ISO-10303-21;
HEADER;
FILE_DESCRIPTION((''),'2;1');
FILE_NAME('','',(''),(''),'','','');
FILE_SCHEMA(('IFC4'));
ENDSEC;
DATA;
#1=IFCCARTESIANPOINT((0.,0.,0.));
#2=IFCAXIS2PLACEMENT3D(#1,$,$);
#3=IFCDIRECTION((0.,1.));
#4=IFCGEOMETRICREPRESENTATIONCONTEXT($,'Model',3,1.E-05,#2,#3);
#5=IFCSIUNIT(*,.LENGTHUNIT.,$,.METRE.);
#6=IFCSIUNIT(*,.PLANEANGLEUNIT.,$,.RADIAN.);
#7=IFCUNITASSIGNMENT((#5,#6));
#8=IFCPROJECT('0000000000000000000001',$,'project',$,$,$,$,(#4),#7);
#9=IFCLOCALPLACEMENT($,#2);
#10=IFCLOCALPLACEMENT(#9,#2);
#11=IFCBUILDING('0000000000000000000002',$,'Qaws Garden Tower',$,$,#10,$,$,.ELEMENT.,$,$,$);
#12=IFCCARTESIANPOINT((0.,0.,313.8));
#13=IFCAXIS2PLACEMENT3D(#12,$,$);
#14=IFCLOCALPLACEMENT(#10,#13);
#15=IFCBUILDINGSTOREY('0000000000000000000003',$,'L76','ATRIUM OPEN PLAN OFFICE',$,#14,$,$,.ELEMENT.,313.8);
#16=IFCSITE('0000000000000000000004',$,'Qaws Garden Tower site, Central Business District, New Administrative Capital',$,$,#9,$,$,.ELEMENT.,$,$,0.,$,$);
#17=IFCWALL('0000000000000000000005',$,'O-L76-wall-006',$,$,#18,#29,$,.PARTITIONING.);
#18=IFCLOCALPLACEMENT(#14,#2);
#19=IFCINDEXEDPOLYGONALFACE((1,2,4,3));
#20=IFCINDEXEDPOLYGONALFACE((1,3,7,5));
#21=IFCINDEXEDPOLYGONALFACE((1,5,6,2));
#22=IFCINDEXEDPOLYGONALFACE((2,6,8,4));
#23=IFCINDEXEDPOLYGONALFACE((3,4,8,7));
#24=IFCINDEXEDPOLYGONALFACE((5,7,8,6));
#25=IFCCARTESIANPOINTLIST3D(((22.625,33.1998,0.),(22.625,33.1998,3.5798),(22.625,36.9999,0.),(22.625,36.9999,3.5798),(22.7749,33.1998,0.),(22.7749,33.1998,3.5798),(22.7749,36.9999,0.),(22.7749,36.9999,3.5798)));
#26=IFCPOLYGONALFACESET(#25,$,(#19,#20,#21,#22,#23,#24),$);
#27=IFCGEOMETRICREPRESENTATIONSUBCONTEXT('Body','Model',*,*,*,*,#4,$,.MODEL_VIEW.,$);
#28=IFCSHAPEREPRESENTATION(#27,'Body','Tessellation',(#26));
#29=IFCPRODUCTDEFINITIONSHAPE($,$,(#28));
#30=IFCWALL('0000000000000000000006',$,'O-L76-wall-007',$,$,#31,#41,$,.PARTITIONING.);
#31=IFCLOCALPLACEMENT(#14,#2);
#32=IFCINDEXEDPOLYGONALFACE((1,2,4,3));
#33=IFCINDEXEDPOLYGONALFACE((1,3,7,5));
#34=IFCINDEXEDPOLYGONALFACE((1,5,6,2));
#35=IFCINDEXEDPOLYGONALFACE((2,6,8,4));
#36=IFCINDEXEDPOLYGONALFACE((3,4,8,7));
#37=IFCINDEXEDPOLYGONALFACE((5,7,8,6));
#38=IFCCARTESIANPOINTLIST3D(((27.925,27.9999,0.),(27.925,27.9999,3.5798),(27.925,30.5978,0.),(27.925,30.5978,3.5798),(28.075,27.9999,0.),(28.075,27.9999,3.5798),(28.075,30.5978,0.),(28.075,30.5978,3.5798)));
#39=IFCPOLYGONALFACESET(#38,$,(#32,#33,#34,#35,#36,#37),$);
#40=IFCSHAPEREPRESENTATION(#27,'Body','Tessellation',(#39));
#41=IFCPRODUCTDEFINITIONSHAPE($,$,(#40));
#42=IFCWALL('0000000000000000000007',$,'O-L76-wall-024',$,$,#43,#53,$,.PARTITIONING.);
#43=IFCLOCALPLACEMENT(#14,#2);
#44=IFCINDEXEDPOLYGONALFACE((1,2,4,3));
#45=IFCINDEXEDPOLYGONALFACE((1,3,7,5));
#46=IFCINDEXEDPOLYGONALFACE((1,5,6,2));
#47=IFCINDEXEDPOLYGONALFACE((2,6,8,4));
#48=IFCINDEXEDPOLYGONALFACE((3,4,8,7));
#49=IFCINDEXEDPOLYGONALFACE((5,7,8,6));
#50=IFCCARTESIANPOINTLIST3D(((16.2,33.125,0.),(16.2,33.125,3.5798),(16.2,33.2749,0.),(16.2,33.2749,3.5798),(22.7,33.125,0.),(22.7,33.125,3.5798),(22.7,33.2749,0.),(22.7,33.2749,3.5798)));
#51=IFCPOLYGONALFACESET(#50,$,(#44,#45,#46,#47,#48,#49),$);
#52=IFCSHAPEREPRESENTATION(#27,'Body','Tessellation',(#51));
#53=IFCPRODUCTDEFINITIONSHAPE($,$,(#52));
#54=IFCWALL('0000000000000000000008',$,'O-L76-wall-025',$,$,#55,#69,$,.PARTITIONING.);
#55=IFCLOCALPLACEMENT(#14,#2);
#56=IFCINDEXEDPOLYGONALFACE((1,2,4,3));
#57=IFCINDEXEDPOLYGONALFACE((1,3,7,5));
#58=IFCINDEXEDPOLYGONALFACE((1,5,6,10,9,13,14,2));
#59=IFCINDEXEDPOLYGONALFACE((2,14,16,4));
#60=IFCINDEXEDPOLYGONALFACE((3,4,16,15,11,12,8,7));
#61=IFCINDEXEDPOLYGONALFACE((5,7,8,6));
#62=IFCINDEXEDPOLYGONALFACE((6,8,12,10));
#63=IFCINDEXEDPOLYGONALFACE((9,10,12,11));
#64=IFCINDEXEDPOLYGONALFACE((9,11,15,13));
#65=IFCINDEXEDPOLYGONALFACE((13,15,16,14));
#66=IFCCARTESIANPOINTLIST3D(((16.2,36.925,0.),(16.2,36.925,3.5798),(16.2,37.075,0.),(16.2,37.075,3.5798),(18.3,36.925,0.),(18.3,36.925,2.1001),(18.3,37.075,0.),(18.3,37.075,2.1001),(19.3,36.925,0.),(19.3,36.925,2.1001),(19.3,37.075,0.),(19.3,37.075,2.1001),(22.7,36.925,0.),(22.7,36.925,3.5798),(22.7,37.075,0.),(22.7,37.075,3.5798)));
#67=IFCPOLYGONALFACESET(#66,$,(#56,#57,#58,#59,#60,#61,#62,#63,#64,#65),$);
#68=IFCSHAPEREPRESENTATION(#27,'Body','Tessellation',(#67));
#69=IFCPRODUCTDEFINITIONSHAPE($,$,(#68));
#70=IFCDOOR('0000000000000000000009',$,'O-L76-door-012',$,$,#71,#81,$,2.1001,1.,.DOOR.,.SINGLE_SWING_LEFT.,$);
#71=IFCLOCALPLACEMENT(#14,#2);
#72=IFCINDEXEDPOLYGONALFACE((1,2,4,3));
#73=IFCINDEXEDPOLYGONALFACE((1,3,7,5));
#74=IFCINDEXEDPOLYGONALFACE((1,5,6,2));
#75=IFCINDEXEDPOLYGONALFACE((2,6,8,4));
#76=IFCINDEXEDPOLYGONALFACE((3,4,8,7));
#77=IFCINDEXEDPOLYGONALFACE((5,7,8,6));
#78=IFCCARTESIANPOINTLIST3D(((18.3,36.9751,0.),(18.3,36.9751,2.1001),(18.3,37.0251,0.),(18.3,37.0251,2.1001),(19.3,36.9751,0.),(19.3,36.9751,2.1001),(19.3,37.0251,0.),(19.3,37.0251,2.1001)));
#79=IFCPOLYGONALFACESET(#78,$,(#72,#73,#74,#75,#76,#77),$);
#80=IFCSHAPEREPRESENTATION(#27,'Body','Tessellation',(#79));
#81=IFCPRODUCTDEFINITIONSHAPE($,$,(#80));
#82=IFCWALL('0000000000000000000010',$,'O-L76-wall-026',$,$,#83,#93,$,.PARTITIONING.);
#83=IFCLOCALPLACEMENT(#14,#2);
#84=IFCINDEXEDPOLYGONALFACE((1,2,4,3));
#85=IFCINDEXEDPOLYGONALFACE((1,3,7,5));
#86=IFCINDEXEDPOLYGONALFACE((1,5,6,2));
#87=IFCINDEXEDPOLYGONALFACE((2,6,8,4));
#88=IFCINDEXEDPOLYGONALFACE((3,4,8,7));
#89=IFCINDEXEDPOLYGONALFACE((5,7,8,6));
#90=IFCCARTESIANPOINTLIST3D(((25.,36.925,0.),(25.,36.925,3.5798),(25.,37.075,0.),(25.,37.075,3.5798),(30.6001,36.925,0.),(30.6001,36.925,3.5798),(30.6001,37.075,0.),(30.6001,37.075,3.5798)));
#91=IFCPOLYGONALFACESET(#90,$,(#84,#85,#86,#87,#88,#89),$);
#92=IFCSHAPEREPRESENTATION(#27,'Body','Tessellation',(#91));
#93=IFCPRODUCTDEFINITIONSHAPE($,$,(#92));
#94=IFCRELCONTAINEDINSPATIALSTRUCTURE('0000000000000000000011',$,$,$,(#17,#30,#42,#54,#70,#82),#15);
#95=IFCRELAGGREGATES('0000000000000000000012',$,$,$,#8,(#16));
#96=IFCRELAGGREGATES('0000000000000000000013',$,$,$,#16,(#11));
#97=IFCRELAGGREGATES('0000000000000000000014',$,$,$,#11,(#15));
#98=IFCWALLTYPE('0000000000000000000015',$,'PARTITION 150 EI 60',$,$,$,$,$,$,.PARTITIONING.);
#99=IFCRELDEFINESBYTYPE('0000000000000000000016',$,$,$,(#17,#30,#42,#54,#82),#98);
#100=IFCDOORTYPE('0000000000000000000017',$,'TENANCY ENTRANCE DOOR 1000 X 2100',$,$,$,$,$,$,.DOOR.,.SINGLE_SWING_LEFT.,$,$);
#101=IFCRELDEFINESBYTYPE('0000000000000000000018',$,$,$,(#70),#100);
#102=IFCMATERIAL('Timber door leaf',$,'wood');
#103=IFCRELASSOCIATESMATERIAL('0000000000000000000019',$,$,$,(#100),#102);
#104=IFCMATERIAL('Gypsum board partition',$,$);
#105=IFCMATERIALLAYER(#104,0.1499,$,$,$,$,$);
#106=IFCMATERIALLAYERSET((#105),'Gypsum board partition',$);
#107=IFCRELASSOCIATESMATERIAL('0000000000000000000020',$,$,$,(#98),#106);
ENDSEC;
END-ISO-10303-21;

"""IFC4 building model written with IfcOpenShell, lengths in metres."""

from ifc_helpers import new_model, si_unit, direction, frame, frame_2d, origin, place, context, subcontext, project, spatial, rectangle, extrude, material, layer, layer_set, type_object, element, fill, save


model = new_model("IFC4")

# Units and contexts
model_context = context("Model", 3, precision=1e-05, world=origin(), true_north=direction((0.0, 1.0)))
body_context = subcontext(model_context, "Body", "Model", "MODEL_VIEW")
ifc_project = project(units=[si_unit("LENGTHUNIT", "METRE"), si_unit("PLANEANGLEUNIT", "RADIAN")], contexts=[model_context])

# Site, building, storey
site_placement = place(None, origin())
site = spatial("IfcSite", under=ifc_project, at=site_placement, Name="Qaws Garden Tower site, Central Business District, New Administrative Capital", CompositionType="ELEMENT", RefElevation=0.0)
building_placement = place(site_placement, origin())
building = spatial("IfcBuilding", under=site, at=building_placement, Name="Qaws Garden Tower", CompositionType="ELEMENT")
storey_placement = place(building_placement, frame((0.0, 0.0, 313.8)))
storey = spatial("IfcBuildingStorey", under=building, at=storey_placement, Name="L76", Description="ATRIUM OPEN PLAN OFFICE", CompositionType="ELEMENT", Elevation=313.8)

# Shared definitions
ifc_material_1 = material(Name="Timber door leaf", Category="wood")
door_type_1 = type_object("IfcDoorType", Name="TENANCY ENTRANCE DOOR 1000 X 2100", OperationType="SINGLE_SWING_LEFT", PredefinedType="DOOR", material=ifc_material_1)

# Walls
ifc_material_2 = material(Name="Gypsum board partition")
ifc_layer_1 = layer(ifc_material_2, 0.1499)
ifc_layer_set_1 = layer_set([ifc_layer_1], Name="Gypsum board partition")
wall_type_1 = type_object("IfcWallType", Name="PARTITION 150 EI 60", PredefinedType="PARTITIONING", material=ifc_layer_set_1)
wall_1_placement = place(storey_placement, frame((22.7, 33.2, 0.0), z_axis=(0.0, 0.0, 1.0), x_axis=(0.0, 1.0, 0.0)))
element("IfcWall", 1, at=wall_1_placement, inside=storey, type_object=wall_type_1, Name="O-L76-wall-006", PredefinedType="PARTITIONING", context=body_context, shape_type="SweptSolid", body=[
    extrude(rectangle(XDim=3.8, YDim=0.1499, at=frame_2d((1.8999, 0.0))), origin(), (0.0, 0.0, 1.0), 3.5798),
])
wall_2_placement = place(storey_placement, frame((28.0, 28.0, 0.0), z_axis=(0.0, 0.0, 1.0), x_axis=(0.0, 1.0, 0.0)))
element("IfcWall", 2, at=wall_2_placement, inside=storey, type_object=wall_type_1, Name="O-L76-wall-007", PredefinedType="PARTITIONING", context=body_context, shape_type="SweptSolid", body=[
    extrude(rectangle(XDim=2.5979, YDim=0.1499, at=frame_2d((1.2988, 0.0))), origin(), (0.0, 0.0, 1.0), 3.5798),
])
wall_3_placement = place(storey_placement, frame((16.2, 33.2, 0.0), z_axis=(0.0, 0.0, 1.0), x_axis=(1.0, 0.0, 0.0)))
element("IfcWall", 3, at=wall_3_placement, inside=storey, type_object=wall_type_1, Name="O-L76-wall-024", PredefinedType="PARTITIONING", context=body_context, shape_type="SweptSolid", body=[
    extrude(rectangle(XDim=6.5, YDim=0.1499, at=frame_2d((3.25, 0.0))), origin(), (0.0, 0.0, 1.0), 3.5798),
])

# Wall, opening, door
wall_4_placement = place(storey_placement, frame((16.2, 37.0, 0.0), z_axis=(0.0, 0.0, 1.0), x_axis=(1.0, 0.0, 0.0)))
wall_4 = element("IfcWall", 4, at=wall_4_placement, inside=storey, type_object=wall_type_1, Name="O-L76-wall-025", PredefinedType="PARTITIONING", context=body_context, shape_type="SweptSolid", body=[
    extrude(rectangle(XDim=6.5, YDim=0.1499, at=frame_2d((3.25, 0.0))), origin(), (0.0, 0.0, 1.0), 3.5798),
])
opening_1_placement = place(wall_4_placement, frame((2.1001, 0.0, 0.0)))
opening_1 = element("IfcOpeningElement", 5, at=opening_1_placement, cuts=wall_4, PredefinedType="OPENING", context=body_context, shape_type="SweptSolid", body=[
    extrude(rectangle(XDim=1.0, YDim=2.1001, at=frame_2d((0.5, 1.05))), frame((0.0, 0.085, 0.0), z_axis=(0.0, -1.0, 0.0), x_axis=(1.0, 0.0, 0.0)), (0.0, 0.0, 1.0), 0.1699),
])
door_1_placement = place(opening_1_placement, frame((1.0, 0.0, 0.0), z_axis=(0.0, 0.0, 1.0), x_axis=(-1.0, 0.0, 0.0)))
door_1 = element("IfcDoor", 6, at=door_1_placement, inside=storey, type_object=door_type_1, Name="O-L76-door-012", OperationType="SINGLE_SWING_LEFT", OverallHeight=2.1001, OverallWidth=1.0, PredefinedType="DOOR", context=body_context, shape_type="SweptSolid", body=[
    extrude(rectangle(XDim=1.0, YDim=2.1001, at=frame_2d((0.5, 1.05))), frame((0.0, 0.0249, 0.0), z_axis=(0.0, -1.0, 0.0), x_axis=(1.0, 0.0, 0.0)), (0.0, 0.0, 1.0), 0.05),
])
fill(opening_1, door_1)

# Wall
wall_5_placement = place(storey_placement, frame((25.0, 37.0, 0.0), z_axis=(0.0, 0.0, 1.0), x_axis=(1.0, 0.0, 0.0)))
element("IfcWall", 7, at=wall_5_placement, inside=storey, type_object=wall_type_1, Name="O-L76-wall-026", PredefinedType="PARTITIONING", context=body_context, shape_type="SweptSolid", body=[
    extrude(rectangle(XDim=5.6001, YDim=0.1499, at=frame_2d((2.8, 0.0))), origin(), (0.0, 0.0, 1.0), 3.5798),
])

save(model, "model.ifc")
